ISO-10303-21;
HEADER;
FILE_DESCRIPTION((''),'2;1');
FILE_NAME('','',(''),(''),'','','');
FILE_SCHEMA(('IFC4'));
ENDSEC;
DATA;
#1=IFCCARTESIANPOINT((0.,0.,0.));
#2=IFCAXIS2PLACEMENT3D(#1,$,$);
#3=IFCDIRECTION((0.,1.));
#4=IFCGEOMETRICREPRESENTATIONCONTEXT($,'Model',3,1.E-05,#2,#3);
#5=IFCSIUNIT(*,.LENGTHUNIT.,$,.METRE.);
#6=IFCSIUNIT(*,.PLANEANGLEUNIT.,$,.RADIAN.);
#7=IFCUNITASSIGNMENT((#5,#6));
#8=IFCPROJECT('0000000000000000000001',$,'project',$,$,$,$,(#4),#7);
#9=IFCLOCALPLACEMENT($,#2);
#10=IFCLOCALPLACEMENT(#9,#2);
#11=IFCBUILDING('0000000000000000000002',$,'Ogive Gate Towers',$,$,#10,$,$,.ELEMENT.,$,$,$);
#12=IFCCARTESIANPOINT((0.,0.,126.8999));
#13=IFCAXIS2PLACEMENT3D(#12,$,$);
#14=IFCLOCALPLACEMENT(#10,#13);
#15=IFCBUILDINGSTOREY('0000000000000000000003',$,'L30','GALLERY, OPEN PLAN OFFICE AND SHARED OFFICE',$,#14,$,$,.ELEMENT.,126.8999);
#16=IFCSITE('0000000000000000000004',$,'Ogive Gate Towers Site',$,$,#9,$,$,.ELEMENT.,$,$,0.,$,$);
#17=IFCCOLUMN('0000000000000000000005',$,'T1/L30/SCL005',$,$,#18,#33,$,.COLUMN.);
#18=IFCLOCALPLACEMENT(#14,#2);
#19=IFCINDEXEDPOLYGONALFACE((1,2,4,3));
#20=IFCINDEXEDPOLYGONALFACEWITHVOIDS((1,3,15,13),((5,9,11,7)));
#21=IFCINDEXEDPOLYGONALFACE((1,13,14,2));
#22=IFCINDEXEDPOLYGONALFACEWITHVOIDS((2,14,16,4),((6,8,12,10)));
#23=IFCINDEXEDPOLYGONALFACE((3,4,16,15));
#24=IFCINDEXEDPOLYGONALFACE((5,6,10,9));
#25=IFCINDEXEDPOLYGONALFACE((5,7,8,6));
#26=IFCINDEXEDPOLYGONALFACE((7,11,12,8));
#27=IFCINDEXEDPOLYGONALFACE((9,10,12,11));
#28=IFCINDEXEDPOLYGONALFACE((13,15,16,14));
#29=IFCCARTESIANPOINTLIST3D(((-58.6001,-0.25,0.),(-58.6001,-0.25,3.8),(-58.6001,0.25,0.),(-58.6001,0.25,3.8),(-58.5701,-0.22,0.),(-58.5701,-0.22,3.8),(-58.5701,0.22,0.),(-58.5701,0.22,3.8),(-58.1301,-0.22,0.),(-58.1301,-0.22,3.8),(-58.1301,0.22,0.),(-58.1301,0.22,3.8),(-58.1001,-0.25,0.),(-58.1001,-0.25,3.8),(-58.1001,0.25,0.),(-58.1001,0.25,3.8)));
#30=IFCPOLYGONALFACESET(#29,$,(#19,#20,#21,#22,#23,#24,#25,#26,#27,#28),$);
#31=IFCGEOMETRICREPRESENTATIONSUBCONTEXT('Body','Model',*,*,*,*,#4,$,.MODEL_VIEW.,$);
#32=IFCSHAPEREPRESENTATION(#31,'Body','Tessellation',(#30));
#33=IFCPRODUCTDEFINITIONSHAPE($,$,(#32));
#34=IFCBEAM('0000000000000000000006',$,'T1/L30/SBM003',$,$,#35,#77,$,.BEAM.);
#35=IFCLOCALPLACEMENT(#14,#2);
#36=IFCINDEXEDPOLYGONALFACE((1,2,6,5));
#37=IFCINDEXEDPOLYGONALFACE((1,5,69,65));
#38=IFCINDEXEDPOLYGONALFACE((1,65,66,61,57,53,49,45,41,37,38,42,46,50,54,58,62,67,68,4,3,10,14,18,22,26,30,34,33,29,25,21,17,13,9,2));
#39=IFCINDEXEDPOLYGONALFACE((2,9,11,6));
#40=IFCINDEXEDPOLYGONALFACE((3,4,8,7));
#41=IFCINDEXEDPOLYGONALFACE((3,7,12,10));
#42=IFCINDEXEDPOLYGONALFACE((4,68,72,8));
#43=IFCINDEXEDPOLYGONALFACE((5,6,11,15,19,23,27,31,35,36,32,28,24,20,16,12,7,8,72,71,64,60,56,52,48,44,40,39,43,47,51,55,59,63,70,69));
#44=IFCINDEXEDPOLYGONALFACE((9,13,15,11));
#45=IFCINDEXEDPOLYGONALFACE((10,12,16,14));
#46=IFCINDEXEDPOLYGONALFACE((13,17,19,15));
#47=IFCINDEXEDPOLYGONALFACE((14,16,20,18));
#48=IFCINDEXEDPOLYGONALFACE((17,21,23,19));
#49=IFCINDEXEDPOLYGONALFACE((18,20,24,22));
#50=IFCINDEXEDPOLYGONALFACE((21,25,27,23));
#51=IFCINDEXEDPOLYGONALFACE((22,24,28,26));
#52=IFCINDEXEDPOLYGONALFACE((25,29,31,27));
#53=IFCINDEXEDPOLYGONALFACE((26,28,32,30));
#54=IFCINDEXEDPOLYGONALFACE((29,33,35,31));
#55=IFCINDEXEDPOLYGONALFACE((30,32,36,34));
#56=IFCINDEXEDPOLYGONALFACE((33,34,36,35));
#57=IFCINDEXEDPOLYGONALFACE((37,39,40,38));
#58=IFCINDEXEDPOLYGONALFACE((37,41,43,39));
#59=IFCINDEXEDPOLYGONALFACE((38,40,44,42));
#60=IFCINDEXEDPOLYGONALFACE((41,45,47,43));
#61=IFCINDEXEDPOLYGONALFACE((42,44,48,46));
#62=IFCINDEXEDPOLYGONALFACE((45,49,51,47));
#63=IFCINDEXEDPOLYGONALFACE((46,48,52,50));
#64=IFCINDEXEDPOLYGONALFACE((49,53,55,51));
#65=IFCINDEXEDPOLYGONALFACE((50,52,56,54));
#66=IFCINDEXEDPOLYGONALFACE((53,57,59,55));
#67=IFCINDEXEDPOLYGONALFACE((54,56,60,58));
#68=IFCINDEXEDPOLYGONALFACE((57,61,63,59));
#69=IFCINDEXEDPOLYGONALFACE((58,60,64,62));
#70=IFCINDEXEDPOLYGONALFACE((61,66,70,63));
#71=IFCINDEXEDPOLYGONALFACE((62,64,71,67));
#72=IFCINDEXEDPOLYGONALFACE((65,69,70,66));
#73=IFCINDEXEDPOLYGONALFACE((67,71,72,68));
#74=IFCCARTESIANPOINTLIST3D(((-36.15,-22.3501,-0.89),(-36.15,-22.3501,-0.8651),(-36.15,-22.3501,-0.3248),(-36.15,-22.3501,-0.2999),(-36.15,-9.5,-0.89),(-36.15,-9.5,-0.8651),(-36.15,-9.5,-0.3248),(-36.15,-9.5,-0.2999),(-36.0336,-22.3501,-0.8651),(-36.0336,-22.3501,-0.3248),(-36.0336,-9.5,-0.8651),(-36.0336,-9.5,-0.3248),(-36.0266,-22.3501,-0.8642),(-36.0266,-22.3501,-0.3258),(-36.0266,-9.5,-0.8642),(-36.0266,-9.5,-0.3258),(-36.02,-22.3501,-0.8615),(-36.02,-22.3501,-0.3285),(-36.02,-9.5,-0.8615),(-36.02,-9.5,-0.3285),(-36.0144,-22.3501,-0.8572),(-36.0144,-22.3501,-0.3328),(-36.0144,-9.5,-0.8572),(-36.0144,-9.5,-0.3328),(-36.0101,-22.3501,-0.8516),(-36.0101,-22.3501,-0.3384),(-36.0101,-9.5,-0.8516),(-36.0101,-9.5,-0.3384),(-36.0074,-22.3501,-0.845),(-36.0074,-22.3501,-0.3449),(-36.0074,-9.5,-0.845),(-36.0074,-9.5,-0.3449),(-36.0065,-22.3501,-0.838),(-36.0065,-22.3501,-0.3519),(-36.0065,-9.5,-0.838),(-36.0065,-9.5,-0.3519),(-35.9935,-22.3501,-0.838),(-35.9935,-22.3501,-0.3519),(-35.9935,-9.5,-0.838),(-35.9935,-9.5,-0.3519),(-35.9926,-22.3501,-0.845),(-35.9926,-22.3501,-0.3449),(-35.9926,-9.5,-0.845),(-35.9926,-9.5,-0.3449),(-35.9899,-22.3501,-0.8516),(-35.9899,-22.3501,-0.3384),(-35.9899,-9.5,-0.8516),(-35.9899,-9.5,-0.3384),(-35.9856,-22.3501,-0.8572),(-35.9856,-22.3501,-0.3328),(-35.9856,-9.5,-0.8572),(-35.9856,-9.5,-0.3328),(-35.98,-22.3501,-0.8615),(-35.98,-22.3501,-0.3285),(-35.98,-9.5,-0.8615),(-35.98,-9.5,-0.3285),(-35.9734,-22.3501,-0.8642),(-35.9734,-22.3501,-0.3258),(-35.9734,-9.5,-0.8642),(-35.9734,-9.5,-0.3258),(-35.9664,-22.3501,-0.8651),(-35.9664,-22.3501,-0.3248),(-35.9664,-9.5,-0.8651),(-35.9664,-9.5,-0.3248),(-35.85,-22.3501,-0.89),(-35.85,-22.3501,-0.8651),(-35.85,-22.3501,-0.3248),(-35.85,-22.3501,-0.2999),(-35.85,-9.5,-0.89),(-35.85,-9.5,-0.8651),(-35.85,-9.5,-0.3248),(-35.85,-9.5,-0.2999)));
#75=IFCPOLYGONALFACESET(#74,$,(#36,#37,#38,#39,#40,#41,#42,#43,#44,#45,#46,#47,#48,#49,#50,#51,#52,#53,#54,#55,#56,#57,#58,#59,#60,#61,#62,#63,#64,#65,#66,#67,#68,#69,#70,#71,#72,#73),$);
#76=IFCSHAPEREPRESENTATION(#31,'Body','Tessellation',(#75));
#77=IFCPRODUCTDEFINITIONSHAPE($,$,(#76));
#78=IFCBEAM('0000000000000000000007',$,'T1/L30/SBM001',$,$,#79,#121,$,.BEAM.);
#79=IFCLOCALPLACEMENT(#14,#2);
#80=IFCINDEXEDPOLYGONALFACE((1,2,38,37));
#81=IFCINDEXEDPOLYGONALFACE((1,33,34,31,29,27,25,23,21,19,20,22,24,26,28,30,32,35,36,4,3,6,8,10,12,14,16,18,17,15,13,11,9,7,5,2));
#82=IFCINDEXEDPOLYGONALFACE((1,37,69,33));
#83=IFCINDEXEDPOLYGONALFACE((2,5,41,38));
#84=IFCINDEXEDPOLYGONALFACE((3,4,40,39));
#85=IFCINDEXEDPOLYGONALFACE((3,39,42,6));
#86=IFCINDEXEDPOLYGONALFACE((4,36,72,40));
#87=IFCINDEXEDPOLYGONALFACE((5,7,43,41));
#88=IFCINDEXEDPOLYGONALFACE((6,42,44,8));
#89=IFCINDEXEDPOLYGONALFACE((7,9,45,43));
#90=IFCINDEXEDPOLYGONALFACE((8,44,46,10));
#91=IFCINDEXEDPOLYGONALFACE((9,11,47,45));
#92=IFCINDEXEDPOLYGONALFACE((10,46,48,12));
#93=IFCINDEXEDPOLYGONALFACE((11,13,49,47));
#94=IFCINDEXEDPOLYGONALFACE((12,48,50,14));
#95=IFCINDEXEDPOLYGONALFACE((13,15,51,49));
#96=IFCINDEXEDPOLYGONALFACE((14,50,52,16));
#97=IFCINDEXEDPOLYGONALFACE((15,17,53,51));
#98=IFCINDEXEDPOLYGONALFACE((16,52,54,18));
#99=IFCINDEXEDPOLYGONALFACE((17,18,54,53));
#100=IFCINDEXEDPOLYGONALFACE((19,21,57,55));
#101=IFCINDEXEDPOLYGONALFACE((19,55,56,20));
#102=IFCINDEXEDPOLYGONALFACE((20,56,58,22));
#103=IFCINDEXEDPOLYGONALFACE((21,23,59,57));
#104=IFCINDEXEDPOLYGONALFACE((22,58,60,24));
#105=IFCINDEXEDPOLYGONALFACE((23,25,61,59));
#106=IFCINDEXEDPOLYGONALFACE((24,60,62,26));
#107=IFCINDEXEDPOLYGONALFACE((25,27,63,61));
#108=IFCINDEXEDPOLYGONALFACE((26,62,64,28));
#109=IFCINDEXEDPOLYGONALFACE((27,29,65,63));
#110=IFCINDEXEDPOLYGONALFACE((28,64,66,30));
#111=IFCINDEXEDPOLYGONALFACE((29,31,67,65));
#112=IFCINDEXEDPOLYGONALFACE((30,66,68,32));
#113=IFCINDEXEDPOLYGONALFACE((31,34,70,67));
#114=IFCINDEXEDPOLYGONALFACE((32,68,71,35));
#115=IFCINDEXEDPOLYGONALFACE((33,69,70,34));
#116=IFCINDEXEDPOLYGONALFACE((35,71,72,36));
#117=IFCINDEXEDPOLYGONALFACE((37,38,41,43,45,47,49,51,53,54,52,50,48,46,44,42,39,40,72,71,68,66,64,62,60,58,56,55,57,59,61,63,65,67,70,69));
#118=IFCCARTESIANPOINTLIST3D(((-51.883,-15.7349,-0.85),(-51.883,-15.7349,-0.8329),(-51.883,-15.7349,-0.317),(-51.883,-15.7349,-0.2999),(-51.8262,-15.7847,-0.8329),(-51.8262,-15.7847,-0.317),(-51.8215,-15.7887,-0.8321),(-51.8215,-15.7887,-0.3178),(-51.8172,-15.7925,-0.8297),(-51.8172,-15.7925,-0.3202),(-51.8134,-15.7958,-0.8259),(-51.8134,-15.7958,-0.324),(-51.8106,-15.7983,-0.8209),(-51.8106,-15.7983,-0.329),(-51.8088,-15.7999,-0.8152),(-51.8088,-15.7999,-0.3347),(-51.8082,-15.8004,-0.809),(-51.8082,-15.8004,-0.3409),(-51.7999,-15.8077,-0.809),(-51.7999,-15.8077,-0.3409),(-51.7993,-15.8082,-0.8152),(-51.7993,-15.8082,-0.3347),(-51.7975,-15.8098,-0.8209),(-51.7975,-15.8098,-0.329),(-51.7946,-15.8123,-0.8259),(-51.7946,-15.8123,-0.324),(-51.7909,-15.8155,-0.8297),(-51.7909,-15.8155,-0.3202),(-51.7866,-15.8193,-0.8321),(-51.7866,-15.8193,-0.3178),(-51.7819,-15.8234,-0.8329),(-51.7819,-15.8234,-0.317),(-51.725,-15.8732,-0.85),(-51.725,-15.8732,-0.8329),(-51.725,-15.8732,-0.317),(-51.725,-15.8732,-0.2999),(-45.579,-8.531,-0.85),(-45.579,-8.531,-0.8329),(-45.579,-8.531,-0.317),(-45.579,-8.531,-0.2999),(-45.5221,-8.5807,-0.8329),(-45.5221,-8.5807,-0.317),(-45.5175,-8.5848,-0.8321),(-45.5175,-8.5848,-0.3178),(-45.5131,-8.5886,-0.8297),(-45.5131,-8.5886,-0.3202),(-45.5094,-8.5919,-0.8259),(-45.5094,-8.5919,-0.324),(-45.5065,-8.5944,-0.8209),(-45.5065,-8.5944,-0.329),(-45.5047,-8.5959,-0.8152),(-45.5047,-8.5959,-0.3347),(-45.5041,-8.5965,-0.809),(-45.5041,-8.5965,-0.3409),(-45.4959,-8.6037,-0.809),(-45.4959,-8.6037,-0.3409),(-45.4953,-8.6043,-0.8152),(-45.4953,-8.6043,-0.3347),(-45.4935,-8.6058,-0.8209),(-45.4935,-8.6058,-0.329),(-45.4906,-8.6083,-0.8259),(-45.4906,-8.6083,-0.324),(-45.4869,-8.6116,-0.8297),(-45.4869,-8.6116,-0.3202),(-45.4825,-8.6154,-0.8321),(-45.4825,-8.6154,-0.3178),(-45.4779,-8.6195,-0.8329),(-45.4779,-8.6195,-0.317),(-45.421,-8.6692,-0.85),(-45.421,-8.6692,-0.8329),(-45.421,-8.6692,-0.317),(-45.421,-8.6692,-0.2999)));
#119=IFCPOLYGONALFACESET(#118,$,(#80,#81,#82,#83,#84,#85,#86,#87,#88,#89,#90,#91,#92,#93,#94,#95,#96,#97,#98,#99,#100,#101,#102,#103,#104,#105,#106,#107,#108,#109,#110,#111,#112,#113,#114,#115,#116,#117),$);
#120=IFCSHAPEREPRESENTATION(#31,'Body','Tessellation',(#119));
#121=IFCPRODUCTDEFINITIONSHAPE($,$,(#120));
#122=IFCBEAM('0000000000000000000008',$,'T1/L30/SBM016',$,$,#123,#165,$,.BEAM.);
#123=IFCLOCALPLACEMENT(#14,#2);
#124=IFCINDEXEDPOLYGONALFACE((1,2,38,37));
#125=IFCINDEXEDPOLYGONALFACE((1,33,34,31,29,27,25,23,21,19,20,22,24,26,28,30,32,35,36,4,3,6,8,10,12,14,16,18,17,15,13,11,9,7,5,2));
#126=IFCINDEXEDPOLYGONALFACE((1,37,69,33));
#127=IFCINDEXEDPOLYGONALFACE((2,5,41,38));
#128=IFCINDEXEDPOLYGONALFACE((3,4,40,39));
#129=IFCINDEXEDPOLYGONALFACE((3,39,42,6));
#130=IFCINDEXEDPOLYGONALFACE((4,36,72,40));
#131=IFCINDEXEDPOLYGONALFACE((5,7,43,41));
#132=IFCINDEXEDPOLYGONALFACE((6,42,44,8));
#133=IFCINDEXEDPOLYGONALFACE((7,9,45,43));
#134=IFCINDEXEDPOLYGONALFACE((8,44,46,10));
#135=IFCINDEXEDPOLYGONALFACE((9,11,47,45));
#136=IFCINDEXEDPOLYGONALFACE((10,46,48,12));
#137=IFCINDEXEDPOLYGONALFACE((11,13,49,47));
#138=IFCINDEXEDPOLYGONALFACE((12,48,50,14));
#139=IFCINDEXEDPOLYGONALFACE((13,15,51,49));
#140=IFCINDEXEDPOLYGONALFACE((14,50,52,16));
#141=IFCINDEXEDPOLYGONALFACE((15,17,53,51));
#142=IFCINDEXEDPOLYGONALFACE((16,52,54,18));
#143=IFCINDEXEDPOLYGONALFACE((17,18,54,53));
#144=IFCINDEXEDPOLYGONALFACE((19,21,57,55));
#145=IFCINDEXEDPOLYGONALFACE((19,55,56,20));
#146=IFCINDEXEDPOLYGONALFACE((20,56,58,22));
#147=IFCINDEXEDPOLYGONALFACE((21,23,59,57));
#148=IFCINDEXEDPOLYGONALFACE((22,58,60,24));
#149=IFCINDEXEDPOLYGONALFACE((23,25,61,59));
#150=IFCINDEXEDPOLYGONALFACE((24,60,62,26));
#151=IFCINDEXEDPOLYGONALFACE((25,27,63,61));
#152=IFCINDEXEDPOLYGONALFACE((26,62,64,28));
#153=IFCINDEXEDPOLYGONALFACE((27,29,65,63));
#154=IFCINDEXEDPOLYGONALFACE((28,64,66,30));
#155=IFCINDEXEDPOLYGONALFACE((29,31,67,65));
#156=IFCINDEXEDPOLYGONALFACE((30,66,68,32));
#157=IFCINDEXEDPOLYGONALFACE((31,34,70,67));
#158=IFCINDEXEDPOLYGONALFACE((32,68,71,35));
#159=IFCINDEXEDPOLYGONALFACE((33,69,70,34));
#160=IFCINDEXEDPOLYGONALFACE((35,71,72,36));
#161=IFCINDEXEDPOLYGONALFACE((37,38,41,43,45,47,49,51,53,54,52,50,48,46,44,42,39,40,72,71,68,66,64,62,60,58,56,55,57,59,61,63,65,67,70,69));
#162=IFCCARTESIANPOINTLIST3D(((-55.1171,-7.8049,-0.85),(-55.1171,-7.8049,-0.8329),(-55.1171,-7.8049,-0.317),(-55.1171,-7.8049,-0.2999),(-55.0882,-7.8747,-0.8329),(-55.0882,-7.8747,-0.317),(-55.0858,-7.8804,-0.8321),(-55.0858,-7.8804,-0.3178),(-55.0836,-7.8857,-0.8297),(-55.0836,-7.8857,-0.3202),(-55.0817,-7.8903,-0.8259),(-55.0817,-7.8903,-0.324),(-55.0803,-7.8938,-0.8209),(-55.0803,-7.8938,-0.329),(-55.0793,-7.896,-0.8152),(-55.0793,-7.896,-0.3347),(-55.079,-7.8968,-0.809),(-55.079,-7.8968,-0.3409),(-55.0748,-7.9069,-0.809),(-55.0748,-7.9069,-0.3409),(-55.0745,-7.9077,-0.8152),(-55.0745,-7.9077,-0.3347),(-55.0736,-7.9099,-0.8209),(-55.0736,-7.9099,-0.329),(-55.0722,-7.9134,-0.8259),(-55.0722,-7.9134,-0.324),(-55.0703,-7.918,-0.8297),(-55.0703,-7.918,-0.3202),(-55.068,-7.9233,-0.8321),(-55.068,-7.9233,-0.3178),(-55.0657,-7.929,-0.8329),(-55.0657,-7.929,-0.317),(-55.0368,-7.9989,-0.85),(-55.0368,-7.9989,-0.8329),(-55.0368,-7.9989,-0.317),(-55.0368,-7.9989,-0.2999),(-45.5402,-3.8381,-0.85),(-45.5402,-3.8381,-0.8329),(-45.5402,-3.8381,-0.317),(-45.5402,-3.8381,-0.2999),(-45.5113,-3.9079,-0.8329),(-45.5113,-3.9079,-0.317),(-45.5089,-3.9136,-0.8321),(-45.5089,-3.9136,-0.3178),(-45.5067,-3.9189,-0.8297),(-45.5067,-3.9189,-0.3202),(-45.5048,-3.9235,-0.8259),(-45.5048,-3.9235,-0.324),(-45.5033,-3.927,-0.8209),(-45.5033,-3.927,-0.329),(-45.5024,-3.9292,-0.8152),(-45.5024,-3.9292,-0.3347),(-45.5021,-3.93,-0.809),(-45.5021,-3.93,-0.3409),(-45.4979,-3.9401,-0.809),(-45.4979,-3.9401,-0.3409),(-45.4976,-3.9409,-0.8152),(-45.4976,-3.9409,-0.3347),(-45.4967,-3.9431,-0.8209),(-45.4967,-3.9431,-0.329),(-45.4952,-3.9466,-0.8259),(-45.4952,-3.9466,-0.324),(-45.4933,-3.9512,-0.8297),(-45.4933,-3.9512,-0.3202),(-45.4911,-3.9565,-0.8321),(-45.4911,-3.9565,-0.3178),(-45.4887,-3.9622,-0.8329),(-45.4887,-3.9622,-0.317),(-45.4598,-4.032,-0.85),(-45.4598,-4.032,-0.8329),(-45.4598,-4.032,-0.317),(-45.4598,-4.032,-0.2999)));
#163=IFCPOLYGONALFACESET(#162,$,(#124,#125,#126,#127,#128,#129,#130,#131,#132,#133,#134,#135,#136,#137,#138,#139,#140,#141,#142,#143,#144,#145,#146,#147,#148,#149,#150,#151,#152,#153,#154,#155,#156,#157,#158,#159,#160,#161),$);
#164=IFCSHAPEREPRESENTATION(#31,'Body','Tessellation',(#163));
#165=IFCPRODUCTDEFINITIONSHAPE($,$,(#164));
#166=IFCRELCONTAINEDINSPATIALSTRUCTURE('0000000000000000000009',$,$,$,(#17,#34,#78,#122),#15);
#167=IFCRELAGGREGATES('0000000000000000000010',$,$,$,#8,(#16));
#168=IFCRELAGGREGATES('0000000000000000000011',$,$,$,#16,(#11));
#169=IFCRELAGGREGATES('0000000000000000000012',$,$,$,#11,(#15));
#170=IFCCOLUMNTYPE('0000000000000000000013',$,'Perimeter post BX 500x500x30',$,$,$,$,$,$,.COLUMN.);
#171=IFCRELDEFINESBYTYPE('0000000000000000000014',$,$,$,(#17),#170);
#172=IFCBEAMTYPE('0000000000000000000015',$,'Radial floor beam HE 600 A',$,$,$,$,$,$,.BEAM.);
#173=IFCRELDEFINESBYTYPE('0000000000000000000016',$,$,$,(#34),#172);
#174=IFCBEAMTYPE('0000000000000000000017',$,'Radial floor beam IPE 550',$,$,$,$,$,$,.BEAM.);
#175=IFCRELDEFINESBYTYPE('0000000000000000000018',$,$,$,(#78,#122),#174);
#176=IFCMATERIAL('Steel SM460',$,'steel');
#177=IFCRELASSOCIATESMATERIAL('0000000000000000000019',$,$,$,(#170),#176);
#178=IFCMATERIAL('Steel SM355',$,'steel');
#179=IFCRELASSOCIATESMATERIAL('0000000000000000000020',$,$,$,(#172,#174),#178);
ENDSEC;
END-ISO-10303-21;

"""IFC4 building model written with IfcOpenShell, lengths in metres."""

from ifc_helpers import new_model, si_unit, direction, frame, origin, origin_2d, place, context, subcontext, project, spatial, hollow_rectangle, i_section, extrude, material, material_profile, profile_set, type_object, element, save


model = new_model("IFC4")

# Units and contexts
model_context = context("Model", 3, precision=1e-05, world=origin(), true_north=direction((0.0, 1.0)))
body_context = subcontext(model_context, "Body", "Model", "MODEL_VIEW")
ifc_project = project(units=[si_unit("LENGTHUNIT", "METRE"), si_unit("PLANEANGLEUNIT", "RADIAN")], contexts=[model_context])

# Site, building, storey
site_placement = place(None, origin())
site = spatial("IfcSite", under=ifc_project, at=site_placement, Name="Ogive Gate Towers Site", CompositionType="ELEMENT", RefElevation=0.0)
building_placement = place(site_placement, origin())
building = spatial("IfcBuilding", under=site, at=building_placement, Name="Ogive Gate Towers", CompositionType="ELEMENT")
storey_placement = place(building_placement, frame((0.0, 0.0, 126.8999)))
storey = spatial("IfcBuildingStorey", under=building, at=storey_placement, Name="L30", Description="GALLERY, OPEN PLAN OFFICE AND SHARED OFFICE", CompositionType="ELEMENT", Elevation=126.8999)

# Column
ifc_material_1 = material(Name="Steel SM460", Category="steel")
ifc_material_profile_1 = material_profile(ifc_material_1, hollow_rectangle(XDim=0.5, YDim=0.5, WallThickness=0.03, at=origin_2d()), Name="BX 500x500x30")
ifc_profile_set_1 = profile_set([ifc_material_profile_1], Name="Steel SM460")
column_type = type_object("IfcColumnType", Name="Perimeter post BX 500x500x30", PredefinedType="COLUMN", material=ifc_profile_set_1)
column_placement = place(storey_placement, frame((-58.3501, 0.0, 0.0), z_axis=(0.0, 0.0, 1.0), x_axis=(1.0, 0.0, 0.0)))
element("IfcColumn", 1, at=column_placement, inside=storey, type_object=column_type, Name="T1/L30/SCL005", PredefinedType="COLUMN", context=body_context, shape_type="SweptSolid", body=[
    extrude(hollow_rectangle(XDim=0.5, YDim=0.5, WallThickness=0.03, at=origin_2d()), origin(), (0.0, 0.0, 1.0), 3.8),
])

# Beams
ifc_material_2 = material(Name="Steel SM355", Category="steel")
ifc_material_profile_2 = material_profile(ifc_material_2, i_section(OverallWidth=0.3, OverallDepth=0.5901, WebThickness=0.0129, FlangeThickness=0.0249, FilletRadius=0.0271, at=origin_2d()), Name="HE 600 A")
ifc_profile_set_2 = profile_set([ifc_material_profile_2], Name="Steel SM355")
beam_type_1 = type_object("IfcBeamType", Name="Radial floor beam HE 600 A", PredefinedType="BEAM", material=ifc_profile_set_2)
beam_1_placement = place(storey_placement, frame((-36.0, -9.5, -0.595), z_axis=(0.0, -1.0, 0.0), x_axis=(1.0, 0.0, 0.0)))
element("IfcBeam", 2, at=beam_1_placement, inside=storey, type_object=beam_type_1, Name="T1/L30/SBM003", PredefinedType="BEAM", context=body_context, shape_type="SweptSolid", body=[
    extrude(i_section(OverallWidth=0.3, OverallDepth=0.5901, WebThickness=0.0129, FlangeThickness=0.0249, FilletRadius=0.0271, at=origin_2d()), origin(), (0.0, 0.0, 1.0), 12.8501),
])
ifc_material_profile_3 = material_profile(ifc_material_2, i_section(OverallWidth=0.21, OverallDepth=0.55, WebThickness=0.011, FlangeThickness=0.0171, FilletRadius=0.0239, at=origin_2d()), Name="IPE 550")
ifc_profile_set_3 = profile_set([ifc_material_profile_3], Name="Steel SM355")
beam_type_2 = type_object("IfcBeamType", Name="Radial floor beam IPE 550", PredefinedType="BEAM", material=ifc_profile_set_3)
beam_2_placement = place(storey_placement, frame((-45.5, -8.6001, -0.575), z_axis=(-0.658539, -0.752547, 0.0), x_axis=(0.752547, -0.658539, 0.0)))
element("IfcBeam", 3, at=beam_2_placement, inside=storey, type_object=beam_type_2, Name="T1/L30/SBM001", PredefinedType="BEAM", context=body_context, shape_type="SweptSolid", body=[
    extrude(i_section(OverallWidth=0.21, OverallDepth=0.55, WebThickness=0.011, FlangeThickness=0.0171, FilletRadius=0.0239, at=origin_2d()), origin(), (0.0, 0.0, 1.0), 9.5728),
])
beam_3_placement = place(storey_placement, frame((-45.5, -3.9351, -0.575), z_axis=(-0.923882, -0.382676, 0.0), x_axis=(0.382676, -0.923882, 0.0)))
element("IfcBeam", 4, at=beam_3_placement, inside=storey, type_object=beam_type_2, Name="T1/L30/SBM016", PredefinedType="BEAM", context=body_context, shape_type="SweptSolid", body=[
    extrude(i_section(OverallWidth=0.21, OverallDepth=0.55, WebThickness=0.011, FlangeThickness=0.0171, FilletRadius=0.0239, at=origin_2d()), origin(), (0.0, 0.0, 1.0), 10.366),
])

save(model, "model.ifc")
